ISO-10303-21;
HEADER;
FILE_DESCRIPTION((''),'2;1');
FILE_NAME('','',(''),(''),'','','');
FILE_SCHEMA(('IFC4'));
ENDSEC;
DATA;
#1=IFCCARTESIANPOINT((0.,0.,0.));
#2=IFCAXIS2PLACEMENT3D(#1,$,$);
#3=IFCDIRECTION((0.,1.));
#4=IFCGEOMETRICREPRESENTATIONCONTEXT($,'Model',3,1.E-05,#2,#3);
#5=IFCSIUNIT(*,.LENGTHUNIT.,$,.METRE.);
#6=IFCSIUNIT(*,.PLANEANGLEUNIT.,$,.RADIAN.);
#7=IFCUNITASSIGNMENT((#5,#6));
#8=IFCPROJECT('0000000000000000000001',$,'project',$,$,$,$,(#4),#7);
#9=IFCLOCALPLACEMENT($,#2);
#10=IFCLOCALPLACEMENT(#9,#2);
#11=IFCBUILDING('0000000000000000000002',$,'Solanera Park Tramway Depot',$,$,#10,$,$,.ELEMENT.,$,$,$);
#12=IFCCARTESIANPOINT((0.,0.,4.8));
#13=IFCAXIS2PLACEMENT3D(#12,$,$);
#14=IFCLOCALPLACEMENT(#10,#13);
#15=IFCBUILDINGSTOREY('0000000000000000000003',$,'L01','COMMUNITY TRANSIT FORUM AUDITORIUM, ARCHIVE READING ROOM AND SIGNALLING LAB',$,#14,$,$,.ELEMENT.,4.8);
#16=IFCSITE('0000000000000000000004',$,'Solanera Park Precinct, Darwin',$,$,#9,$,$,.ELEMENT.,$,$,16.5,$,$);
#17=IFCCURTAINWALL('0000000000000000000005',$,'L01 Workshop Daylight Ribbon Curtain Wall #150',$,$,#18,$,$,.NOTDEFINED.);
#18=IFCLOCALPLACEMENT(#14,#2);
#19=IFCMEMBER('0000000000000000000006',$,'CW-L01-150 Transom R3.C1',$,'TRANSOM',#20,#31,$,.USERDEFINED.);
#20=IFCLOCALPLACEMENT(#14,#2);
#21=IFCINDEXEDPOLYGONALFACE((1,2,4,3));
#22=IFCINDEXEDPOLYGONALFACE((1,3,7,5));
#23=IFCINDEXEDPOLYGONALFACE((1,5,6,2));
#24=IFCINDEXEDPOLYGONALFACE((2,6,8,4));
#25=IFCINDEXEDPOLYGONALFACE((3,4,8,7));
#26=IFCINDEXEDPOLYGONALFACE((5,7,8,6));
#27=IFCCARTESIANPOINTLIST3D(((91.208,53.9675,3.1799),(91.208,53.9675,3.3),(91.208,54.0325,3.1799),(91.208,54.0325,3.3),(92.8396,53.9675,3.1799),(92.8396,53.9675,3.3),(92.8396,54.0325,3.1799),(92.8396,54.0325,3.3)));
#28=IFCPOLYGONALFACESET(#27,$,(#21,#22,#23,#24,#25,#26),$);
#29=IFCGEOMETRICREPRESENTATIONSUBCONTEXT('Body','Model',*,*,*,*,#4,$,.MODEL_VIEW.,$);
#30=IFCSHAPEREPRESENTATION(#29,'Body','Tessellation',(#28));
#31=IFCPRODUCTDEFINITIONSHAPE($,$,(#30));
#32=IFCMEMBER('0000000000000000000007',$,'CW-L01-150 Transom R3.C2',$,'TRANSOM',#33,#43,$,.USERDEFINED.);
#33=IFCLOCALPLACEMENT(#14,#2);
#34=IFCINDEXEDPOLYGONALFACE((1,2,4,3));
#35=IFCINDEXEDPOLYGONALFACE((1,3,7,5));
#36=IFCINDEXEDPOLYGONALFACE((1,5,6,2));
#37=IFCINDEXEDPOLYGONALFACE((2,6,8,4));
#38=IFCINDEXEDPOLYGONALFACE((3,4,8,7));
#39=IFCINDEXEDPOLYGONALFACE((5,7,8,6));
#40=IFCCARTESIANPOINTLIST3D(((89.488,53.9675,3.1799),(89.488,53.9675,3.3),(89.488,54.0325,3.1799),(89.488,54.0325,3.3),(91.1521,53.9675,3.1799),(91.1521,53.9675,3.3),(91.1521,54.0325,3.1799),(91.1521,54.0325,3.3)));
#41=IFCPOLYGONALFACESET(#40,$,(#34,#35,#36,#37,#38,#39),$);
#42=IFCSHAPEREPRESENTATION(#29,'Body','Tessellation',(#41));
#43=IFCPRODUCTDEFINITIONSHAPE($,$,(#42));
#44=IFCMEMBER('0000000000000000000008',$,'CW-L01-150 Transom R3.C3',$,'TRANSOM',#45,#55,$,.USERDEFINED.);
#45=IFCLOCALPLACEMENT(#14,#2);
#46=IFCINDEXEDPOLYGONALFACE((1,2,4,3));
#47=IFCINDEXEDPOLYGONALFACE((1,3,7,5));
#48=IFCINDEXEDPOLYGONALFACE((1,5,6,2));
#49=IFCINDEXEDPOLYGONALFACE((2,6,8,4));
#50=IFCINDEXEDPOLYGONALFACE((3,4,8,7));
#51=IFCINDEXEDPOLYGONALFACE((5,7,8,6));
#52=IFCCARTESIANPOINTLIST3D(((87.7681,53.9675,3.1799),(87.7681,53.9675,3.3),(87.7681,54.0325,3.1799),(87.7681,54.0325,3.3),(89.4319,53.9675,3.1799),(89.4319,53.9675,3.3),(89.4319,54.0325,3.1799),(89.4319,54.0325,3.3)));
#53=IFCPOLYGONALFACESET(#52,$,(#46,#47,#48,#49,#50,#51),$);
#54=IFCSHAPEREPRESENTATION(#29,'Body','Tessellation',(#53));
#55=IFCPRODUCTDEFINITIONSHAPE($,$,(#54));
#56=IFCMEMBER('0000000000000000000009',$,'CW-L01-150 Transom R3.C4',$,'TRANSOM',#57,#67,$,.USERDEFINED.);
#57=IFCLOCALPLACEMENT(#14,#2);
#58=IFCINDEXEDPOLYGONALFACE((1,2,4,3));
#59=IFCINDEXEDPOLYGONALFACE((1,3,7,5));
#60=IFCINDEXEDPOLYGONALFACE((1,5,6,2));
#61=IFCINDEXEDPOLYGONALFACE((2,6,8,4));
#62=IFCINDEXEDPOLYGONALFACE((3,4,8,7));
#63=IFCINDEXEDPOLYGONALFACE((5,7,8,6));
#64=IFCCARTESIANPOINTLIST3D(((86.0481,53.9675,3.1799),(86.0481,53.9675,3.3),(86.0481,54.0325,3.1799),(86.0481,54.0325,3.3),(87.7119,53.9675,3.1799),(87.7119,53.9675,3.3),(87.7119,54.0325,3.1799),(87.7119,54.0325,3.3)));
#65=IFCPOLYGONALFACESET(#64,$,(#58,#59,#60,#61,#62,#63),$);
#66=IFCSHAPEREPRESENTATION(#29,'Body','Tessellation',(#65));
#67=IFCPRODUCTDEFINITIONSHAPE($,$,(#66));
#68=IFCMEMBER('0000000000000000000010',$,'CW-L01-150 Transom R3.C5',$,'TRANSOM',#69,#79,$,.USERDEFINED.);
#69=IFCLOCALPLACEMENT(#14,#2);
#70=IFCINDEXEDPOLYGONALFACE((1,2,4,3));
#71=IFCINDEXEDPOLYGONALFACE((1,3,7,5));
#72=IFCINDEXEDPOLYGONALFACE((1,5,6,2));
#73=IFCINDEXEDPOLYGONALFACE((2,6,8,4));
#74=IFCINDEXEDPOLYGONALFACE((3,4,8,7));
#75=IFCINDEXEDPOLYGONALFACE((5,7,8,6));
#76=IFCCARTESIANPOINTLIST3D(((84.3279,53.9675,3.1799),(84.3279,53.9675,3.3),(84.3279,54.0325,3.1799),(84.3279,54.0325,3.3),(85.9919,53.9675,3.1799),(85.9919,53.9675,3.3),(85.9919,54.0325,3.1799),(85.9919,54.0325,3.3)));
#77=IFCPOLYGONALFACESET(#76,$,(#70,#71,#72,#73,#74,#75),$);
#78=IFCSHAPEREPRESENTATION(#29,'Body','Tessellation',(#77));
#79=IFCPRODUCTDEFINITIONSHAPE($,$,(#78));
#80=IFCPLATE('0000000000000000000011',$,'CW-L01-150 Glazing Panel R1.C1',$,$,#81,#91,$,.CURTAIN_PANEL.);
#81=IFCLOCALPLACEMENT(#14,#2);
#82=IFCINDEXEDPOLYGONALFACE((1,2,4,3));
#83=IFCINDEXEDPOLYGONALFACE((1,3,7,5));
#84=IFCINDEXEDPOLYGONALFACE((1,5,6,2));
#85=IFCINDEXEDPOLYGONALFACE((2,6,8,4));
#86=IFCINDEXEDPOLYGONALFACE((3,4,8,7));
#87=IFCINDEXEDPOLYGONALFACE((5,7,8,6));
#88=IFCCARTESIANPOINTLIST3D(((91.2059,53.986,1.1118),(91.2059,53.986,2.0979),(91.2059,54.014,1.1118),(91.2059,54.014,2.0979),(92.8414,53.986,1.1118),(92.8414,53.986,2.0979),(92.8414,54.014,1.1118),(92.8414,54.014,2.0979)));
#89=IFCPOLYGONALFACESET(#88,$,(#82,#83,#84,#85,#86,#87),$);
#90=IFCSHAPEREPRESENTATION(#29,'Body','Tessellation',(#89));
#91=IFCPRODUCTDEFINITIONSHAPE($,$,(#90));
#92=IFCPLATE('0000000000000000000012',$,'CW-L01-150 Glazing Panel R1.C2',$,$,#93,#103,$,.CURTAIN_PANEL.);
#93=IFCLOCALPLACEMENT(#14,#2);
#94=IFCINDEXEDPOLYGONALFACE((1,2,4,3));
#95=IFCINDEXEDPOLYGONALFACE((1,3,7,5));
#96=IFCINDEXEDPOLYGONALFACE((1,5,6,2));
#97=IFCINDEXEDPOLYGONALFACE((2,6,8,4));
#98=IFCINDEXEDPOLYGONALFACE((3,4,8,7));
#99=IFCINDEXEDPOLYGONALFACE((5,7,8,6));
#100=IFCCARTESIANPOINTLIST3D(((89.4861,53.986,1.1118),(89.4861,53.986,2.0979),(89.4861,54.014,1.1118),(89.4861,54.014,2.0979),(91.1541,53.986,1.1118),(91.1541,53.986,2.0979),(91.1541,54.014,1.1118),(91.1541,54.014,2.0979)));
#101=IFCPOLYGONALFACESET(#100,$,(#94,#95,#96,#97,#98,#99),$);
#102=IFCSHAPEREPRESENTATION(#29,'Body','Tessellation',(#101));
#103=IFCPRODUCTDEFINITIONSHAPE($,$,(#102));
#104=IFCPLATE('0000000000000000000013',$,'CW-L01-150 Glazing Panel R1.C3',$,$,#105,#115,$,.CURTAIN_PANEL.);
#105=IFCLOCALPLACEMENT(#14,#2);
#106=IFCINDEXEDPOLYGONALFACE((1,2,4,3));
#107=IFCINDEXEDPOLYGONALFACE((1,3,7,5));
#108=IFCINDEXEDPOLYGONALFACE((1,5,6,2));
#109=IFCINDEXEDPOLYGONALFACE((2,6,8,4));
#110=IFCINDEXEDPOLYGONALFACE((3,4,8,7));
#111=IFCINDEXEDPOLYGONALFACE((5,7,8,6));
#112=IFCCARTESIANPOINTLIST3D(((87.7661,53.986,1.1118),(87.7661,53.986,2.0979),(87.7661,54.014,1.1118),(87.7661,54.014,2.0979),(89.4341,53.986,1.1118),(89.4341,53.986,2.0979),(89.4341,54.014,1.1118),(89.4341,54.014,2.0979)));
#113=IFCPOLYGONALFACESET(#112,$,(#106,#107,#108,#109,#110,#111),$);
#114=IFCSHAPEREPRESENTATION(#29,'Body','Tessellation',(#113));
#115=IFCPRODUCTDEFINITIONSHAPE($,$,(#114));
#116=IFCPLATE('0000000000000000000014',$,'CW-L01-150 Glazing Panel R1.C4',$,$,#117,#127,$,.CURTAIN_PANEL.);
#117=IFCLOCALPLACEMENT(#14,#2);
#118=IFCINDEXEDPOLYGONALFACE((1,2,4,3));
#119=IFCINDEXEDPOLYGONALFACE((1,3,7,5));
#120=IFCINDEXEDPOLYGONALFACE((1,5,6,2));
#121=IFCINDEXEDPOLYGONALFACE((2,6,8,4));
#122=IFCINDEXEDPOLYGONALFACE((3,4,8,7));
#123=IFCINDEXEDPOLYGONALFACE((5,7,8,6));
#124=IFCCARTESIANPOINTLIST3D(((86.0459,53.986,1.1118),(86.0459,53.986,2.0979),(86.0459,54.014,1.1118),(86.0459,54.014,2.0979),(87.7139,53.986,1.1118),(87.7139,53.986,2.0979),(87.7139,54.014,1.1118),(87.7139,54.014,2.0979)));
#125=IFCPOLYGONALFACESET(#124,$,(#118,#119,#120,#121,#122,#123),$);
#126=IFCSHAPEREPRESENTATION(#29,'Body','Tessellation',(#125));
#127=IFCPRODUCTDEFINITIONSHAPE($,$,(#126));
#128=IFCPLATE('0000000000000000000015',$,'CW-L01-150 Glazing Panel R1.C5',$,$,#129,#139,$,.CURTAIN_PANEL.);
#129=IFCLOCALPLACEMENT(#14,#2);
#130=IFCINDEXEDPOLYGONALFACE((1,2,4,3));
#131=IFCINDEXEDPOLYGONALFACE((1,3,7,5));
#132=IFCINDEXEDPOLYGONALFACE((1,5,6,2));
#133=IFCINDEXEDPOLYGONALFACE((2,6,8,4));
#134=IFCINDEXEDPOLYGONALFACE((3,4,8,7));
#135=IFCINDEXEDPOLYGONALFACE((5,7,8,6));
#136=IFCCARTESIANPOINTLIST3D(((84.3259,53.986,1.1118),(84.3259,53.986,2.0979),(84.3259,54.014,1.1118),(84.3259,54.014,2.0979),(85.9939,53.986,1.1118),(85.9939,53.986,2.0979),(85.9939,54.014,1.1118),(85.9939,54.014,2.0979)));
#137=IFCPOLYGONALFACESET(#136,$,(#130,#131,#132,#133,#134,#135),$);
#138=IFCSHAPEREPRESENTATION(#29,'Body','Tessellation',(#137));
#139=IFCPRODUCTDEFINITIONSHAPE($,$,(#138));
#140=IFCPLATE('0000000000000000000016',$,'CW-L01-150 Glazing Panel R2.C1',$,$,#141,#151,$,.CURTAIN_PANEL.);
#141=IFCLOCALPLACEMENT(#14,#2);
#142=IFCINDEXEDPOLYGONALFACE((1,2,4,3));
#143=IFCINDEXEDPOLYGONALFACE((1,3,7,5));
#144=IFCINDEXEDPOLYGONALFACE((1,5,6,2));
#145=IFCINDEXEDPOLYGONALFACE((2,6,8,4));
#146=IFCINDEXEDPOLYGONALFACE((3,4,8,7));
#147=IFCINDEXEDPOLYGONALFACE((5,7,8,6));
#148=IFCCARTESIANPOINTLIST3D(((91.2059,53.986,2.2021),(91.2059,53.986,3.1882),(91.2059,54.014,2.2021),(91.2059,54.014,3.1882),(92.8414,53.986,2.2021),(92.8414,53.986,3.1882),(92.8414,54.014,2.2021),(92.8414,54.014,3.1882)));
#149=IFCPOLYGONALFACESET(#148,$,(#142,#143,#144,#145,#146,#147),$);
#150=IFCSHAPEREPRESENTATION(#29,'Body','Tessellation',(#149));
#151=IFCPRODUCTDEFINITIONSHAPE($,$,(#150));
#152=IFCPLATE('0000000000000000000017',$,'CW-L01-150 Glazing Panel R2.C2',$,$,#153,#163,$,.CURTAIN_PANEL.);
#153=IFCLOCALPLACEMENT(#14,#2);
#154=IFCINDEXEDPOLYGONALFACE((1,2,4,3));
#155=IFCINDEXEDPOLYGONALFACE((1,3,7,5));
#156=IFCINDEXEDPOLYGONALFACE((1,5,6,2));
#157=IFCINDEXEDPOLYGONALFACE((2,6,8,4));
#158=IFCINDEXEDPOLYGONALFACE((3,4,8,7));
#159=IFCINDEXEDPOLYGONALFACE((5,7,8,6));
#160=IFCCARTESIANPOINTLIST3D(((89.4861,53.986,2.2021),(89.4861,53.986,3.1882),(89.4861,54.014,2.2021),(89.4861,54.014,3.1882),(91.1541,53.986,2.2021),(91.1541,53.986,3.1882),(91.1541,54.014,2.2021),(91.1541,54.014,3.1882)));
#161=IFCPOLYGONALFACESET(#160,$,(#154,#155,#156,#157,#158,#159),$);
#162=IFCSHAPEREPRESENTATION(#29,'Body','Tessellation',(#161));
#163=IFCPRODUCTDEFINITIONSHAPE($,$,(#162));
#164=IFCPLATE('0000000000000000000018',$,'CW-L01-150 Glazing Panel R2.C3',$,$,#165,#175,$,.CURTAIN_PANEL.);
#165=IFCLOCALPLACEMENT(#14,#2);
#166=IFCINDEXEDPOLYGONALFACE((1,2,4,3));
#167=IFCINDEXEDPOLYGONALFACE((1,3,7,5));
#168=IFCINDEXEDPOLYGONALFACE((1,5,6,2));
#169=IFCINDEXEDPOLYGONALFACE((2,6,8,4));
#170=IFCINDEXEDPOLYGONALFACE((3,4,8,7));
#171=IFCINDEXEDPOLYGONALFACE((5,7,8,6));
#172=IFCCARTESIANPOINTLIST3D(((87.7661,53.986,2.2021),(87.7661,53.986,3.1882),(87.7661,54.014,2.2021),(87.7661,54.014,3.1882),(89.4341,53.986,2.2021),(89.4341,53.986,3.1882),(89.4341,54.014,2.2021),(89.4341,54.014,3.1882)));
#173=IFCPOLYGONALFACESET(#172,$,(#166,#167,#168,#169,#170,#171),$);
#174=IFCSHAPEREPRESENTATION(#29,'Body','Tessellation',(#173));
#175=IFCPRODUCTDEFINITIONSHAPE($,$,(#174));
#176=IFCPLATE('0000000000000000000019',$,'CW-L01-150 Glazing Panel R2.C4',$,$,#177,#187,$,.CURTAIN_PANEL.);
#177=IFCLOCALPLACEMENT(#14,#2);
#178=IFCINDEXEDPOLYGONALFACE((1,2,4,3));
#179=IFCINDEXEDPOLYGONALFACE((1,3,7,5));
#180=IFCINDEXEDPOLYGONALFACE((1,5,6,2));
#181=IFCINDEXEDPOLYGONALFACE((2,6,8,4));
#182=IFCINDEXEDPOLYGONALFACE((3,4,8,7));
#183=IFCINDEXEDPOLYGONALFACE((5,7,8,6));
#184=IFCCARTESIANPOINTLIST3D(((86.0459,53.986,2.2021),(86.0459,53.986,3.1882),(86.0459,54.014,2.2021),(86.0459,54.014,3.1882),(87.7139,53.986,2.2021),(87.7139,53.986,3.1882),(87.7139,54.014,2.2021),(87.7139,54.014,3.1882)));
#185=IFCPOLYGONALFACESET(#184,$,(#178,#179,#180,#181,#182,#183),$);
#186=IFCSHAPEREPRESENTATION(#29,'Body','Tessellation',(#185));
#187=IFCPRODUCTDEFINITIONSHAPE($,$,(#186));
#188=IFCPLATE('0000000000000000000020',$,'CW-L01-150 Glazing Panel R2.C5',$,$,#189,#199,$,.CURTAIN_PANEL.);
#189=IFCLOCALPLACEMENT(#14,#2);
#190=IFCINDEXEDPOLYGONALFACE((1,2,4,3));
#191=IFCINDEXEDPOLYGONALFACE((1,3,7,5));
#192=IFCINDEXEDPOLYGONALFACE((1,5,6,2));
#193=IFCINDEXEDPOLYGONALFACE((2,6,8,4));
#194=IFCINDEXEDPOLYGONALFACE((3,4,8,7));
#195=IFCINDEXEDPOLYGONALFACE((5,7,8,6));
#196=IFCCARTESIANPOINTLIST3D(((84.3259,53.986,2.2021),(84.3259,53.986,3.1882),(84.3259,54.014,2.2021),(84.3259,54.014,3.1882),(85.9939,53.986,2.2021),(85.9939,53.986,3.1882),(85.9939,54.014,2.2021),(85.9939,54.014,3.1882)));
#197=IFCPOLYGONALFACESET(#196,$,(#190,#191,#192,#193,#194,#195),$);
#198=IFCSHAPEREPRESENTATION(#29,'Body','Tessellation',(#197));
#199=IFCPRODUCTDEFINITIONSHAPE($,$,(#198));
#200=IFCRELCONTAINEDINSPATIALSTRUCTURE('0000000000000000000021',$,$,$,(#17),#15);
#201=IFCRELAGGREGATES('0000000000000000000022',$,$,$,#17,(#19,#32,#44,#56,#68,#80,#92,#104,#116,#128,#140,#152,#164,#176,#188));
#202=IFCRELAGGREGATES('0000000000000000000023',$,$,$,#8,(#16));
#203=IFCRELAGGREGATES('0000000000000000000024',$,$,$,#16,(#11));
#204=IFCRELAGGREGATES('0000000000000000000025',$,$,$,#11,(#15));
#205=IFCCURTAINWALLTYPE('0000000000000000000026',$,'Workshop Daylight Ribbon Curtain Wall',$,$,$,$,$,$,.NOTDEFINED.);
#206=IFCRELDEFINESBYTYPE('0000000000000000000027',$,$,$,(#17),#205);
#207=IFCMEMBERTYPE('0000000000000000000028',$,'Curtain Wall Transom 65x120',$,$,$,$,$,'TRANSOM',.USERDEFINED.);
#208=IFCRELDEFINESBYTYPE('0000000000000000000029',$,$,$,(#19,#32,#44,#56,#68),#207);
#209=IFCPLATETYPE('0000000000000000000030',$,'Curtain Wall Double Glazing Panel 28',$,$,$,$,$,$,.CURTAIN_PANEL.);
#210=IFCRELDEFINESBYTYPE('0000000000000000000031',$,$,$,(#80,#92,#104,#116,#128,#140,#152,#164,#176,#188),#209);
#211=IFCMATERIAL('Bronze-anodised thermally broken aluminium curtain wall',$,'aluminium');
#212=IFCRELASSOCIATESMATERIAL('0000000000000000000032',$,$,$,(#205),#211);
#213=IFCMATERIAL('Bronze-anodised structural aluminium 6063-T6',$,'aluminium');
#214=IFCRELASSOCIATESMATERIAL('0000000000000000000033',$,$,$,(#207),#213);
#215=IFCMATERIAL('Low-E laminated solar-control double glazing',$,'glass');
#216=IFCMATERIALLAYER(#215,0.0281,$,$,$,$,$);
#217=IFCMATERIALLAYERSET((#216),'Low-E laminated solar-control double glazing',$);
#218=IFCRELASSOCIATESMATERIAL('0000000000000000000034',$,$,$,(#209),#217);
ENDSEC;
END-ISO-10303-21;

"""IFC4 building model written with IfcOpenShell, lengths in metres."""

from ifc_helpers import new_model, si_unit, direction, frame, origin, origin_2d, place, context, subcontext, project, spatial, rectangle, extrude, material, layer, layer_set, material_profile, profile_set, type_object, element, aggregate, save


model = new_model("IFC4")

# Units and contexts
model_context = context("Model", 3, precision=1e-05, world=origin(), true_north=direction((0.0, 1.0)))
body_context = subcontext(model_context, "Body", "Model", "MODEL_VIEW")
ifc_project = project(units=[si_unit("LENGTHUNIT", "METRE"), si_unit("PLANEANGLEUNIT", "RADIAN")], contexts=[model_context])

# Site, building, storey
site_placement = place(None, origin())
site = spatial("IfcSite", under=ifc_project, at=site_placement, Name="Solanera Park Precinct, Darwin", CompositionType="ELEMENT", RefElevation=16.5)
building_placement = place(site_placement, origin())
building = spatial("IfcBuilding", under=site, at=building_placement, Name="Solanera Park Tramway Depot", CompositionType="ELEMENT")
storey_placement = place(building_placement, frame((0.0, 0.0, 4.8)))
storey = spatial("IfcBuildingStorey", under=building, at=storey_placement, Name="L01", Description="COMMUNITY TRANSIT FORUM AUDITORIUM, ARCHIVE READING ROOM AND SIGNALLING LAB", CompositionType="ELEMENT", Elevation=4.8)

# Curtain wall, members, plates
ifc_material_1 = material(Name="Bronze-anodised thermally broken aluminium curtain wall", Category="aluminium")
curtain_wall_type = type_object("IfcCurtainWallType", Name="Workshop Daylight Ribbon Curtain Wall", PredefinedType="NOTDEFINED", material=ifc_material_1)
curtain_wall_placement = place(storey_placement, origin())
curtain_wall = element("IfcCurtainWall", 1, at=curtain_wall_placement, inside=storey, type_object=curtain_wall_type, Name="L01 Workshop Daylight Ribbon Curtain Wall #150", PredefinedType="NOTDEFINED")
ifc_material_2 = material(Name="Bronze-anodised structural aluminium 6063-T6", Category="aluminium")
ifc_material_profile_1 = material_profile(ifc_material_2, rectangle(XDim=0.0649, YDim=0.1201, at=origin_2d()), Name="Curtain Wall Transom 65x120")
ifc_profile_set_1 = profile_set([ifc_material_profile_1], Name="Bronze-anodised structural aluminium 6063-T6")
member_type_1 = type_object("IfcMemberType", Name="Curtain Wall Transom 65x120", ElementType="TRANSOM", PredefinedType="USERDEFINED", material=ifc_profile_set_1)
member_1_placement = place(storey_placement, frame((92.8396, 54.0, 3.24), z_axis=(-1.0, 0.0, 0.0), x_axis=(0.0, -1.0, 0.0)))
member_1 = element("IfcMember", 2, at=member_1_placement, type_object=member_type_1, Name="CW-L01-150 Transom R3.C1", ObjectType="TRANSOM", PredefinedType="USERDEFINED", context=body_context, shape_type="SweptSolid", body=[
    extrude(rectangle(XDim=0.0649, YDim=0.1201, at=origin_2d()), origin(), (0.0, 0.0, 1.0), 1.6316),
])
member_2_placement = place(storey_placement, frame((91.1521, 54.0, 3.24), z_axis=(-1.0, 0.0, 0.0), x_axis=(0.0, -1.0, 0.0)))
member_2 = element("IfcMember", 3, at=member_2_placement, type_object=member_type_1, Name="CW-L01-150 Transom R3.C2", ObjectType="TRANSOM", PredefinedType="USERDEFINED", context=body_context, shape_type="SweptSolid", body=[
    extrude(rectangle(XDim=0.0649, YDim=0.1201, at=origin_2d()), origin(), (0.0, 0.0, 1.0), 1.6641),
])
member_3_placement = place(storey_placement, frame((89.4319, 54.0, 3.24), z_axis=(-1.0, 0.0, 0.0), x_axis=(0.0, -1.0, 0.0)))
member_3 = element("IfcMember", 4, at=member_3_placement, type_object=member_type_1, Name="CW-L01-150 Transom R3.C3", ObjectType="TRANSOM", PredefinedType="USERDEFINED", context=body_context, shape_type="SweptSolid", body=[
    extrude(rectangle(XDim=0.0649, YDim=0.1201, at=origin_2d()), origin(), (0.0, 0.0, 1.0), 1.6638),
])
member_4_placement = place(storey_placement, frame((87.7119, 54.0, 3.24), z_axis=(-1.0, 0.0, 0.0), x_axis=(0.0, -1.0, 0.0)))
member_4 = element("IfcMember", 5, at=member_4_placement, type_object=member_type_1, Name="CW-L01-150 Transom R3.C4", ObjectType="TRANSOM", PredefinedType="USERDEFINED", context=body_context, shape_type="SweptSolid", body=[
    extrude(rectangle(XDim=0.0649, YDim=0.1201, at=origin_2d()), origin(), (0.0, 0.0, 1.0), 1.6638),
])
member_5_placement = place(storey_placement, frame((85.9919, 54.0, 3.24), z_axis=(-1.0, 0.0, 0.0), x_axis=(0.0, -1.0, 0.0)))
member_5 = element("IfcMember", 6, at=member_5_placement, type_object=member_type_1, Name="CW-L01-150 Transom R3.C5", ObjectType="TRANSOM", PredefinedType="USERDEFINED", context=body_context, shape_type="SweptSolid", body=[
    extrude(rectangle(XDim=0.0649, YDim=0.1201, at=origin_2d()), origin(), (0.0, 0.0, 1.0), 1.6641),
])
ifc_material_3 = material(Name="Low-E laminated solar-control double glazing", Category="glass")
ifc_layer = layer(ifc_material_3, 0.0281)
ifc_layer_set = layer_set([ifc_layer], Name="Low-E laminated solar-control double glazing")
plate_type = type_object("IfcPlateType", Name="Curtain Wall Double Glazing Panel 28", PredefinedType="CURTAIN_PANEL", material=ifc_layer_set)
plate_1_placement = place(storey_placement, frame((92.0237, 54.0, 1.1118), z_axis=(0.0, 0.0, 1.0), x_axis=(-1.0, 0.0, 0.0)))
plate_1 = element("IfcPlate", 7, at=plate_1_placement, type_object=plate_type, Name="CW-L01-150 Glazing Panel R1.C1", PredefinedType="CURTAIN_PANEL", context=body_context, shape_type="SweptSolid", body=[
    extrude(rectangle(XDim=1.6355, YDim=0.0281, at=origin_2d()), origin(), (0.0, 0.0, 1.0), 0.9861),
])
plate_2_placement = place(storey_placement, frame((90.3201, 54.0, 1.1118), z_axis=(0.0, 0.0, 1.0), x_axis=(-1.0, 0.0, 0.0)))
plate_2 = element("IfcPlate", 8, at=plate_2_placement, type_object=plate_type, Name="CW-L01-150 Glazing Panel R1.C2", PredefinedType="CURTAIN_PANEL", context=body_context, shape_type="SweptSolid", body=[
    extrude(rectangle(XDim=1.668, YDim=0.0281, at=origin_2d()), origin(), (0.0, 0.0, 1.0), 0.9861),
])
plate_3_placement = place(storey_placement, frame((88.6001, 54.0, 1.1118), z_axis=(0.0, 0.0, 1.0), x_axis=(-1.0, 0.0, 0.0)))
plate_3 = element("IfcPlate", 9, at=plate_3_placement, type_object=plate_type, Name="CW-L01-150 Glazing Panel R1.C3", PredefinedType="CURTAIN_PANEL", context=body_context, shape_type="SweptSolid", body=[
    extrude(rectangle(XDim=1.668, YDim=0.0281, at=origin_2d()), origin(), (0.0, 0.0, 1.0), 0.9861),
])
plate_4_placement = place(storey_placement, frame((86.8799, 54.0, 1.1118), z_axis=(0.0, 0.0, 1.0), x_axis=(-1.0, 0.0, 0.0)))
plate_4 = element("IfcPlate", 10, at=plate_4_placement, type_object=plate_type, Name="CW-L01-150 Glazing Panel R1.C4", PredefinedType="CURTAIN_PANEL", context=body_context, shape_type="SweptSolid", body=[
    extrude(rectangle(XDim=1.668, YDim=0.0281, at=origin_2d()), origin(), (0.0, 0.0, 1.0), 0.9861),
])
plate_5_placement = place(storey_placement, frame((85.1599, 54.0, 1.1118), z_axis=(0.0, 0.0, 1.0), x_axis=(-1.0, 0.0, 0.0)))
plate_5 = element("IfcPlate", 11, at=plate_5_placement, type_object=plate_type, Name="CW-L01-150 Glazing Panel R1.C5", PredefinedType="CURTAIN_PANEL", context=body_context, shape_type="SweptSolid", body=[
    extrude(rectangle(XDim=1.668, YDim=0.0281, at=origin_2d()), origin(), (0.0, 0.0, 1.0), 0.9861),
])
plate_6_placement = place(storey_placement, frame((92.0237, 54.0, 2.2021), z_axis=(0.0, 0.0, 1.0), x_axis=(-1.0, 0.0, 0.0)))
plate_6 = element("IfcPlate", 12, at=plate_6_placement, type_object=plate_type, Name="CW-L01-150 Glazing Panel R2.C1", PredefinedType="CURTAIN_PANEL", context=body_context, shape_type="SweptSolid", body=[
    extrude(rectangle(XDim=1.6355, YDim=0.0281, at=origin_2d()), origin(), (0.0, 0.0, 1.0), 0.9861),
])
plate_7_placement = place(storey_placement, frame((90.3201, 54.0, 2.2021), z_axis=(0.0, 0.0, 1.0), x_axis=(-1.0, 0.0, 0.0)))
plate_7 = element("IfcPlate", 13, at=plate_7_placement, type_object=plate_type, Name="CW-L01-150 Glazing Panel R2.C2", PredefinedType="CURTAIN_PANEL", context=body_context, shape_type="SweptSolid", body=[
    extrude(rectangle(XDim=1.668, YDim=0.0281, at=origin_2d()), origin(), (0.0, 0.0, 1.0), 0.9861),
])
plate_8_placement = place(storey_placement, frame((88.6001, 54.0, 2.2021), z_axis=(0.0, 0.0, 1.0), x_axis=(-1.0, 0.0, 0.0)))
plate_8 = element("IfcPlate", 14, at=plate_8_placement, type_object=plate_type, Name="CW-L01-150 Glazing Panel R2.C3", PredefinedType="CURTAIN_PANEL", context=body_context, shape_type="SweptSolid", body=[
    extrude(rectangle(XDim=1.668, YDim=0.0281, at=origin_2d()), origin(), (0.0, 0.0, 1.0), 0.9861),
])
plate_9_placement = place(storey_placement, frame((86.8799, 54.0, 2.2021), z_axis=(0.0, 0.0, 1.0), x_axis=(-1.0, 0.0, 0.0)))
plate_9 = element("IfcPlate", 15, at=plate_9_placement, type_object=plate_type, Name="CW-L01-150 Glazing Panel R2.C4", PredefinedType="CURTAIN_PANEL", context=body_context, shape_type="SweptSolid", body=[
    extrude(rectangle(XDim=1.668, YDim=0.0281, at=origin_2d()), origin(), (0.0, 0.0, 1.0), 0.9861),
])
plate_10_placement = place(storey_placement, frame((85.1599, 54.0, 2.2021), z_axis=(0.0, 0.0, 1.0), x_axis=(-1.0, 0.0, 0.0)))
plate_10 = element("IfcPlate", 16, at=plate_10_placement, type_object=plate_type, Name="CW-L01-150 Glazing Panel R2.C5", PredefinedType="CURTAIN_PANEL", context=body_context, shape_type="SweptSolid", body=[
    extrude(rectangle(XDim=1.668, YDim=0.0281, at=origin_2d()), origin(), (0.0, 0.0, 1.0), 0.9861),
])
aggregate(curtain_wall, [member_1, member_2, member_3, member_4, member_5, plate_1, plate_2, plate_3, plate_4, plate_5, plate_6, plate_7, plate_8, plate_9, plate_10])

save(model, "model.ifc")
